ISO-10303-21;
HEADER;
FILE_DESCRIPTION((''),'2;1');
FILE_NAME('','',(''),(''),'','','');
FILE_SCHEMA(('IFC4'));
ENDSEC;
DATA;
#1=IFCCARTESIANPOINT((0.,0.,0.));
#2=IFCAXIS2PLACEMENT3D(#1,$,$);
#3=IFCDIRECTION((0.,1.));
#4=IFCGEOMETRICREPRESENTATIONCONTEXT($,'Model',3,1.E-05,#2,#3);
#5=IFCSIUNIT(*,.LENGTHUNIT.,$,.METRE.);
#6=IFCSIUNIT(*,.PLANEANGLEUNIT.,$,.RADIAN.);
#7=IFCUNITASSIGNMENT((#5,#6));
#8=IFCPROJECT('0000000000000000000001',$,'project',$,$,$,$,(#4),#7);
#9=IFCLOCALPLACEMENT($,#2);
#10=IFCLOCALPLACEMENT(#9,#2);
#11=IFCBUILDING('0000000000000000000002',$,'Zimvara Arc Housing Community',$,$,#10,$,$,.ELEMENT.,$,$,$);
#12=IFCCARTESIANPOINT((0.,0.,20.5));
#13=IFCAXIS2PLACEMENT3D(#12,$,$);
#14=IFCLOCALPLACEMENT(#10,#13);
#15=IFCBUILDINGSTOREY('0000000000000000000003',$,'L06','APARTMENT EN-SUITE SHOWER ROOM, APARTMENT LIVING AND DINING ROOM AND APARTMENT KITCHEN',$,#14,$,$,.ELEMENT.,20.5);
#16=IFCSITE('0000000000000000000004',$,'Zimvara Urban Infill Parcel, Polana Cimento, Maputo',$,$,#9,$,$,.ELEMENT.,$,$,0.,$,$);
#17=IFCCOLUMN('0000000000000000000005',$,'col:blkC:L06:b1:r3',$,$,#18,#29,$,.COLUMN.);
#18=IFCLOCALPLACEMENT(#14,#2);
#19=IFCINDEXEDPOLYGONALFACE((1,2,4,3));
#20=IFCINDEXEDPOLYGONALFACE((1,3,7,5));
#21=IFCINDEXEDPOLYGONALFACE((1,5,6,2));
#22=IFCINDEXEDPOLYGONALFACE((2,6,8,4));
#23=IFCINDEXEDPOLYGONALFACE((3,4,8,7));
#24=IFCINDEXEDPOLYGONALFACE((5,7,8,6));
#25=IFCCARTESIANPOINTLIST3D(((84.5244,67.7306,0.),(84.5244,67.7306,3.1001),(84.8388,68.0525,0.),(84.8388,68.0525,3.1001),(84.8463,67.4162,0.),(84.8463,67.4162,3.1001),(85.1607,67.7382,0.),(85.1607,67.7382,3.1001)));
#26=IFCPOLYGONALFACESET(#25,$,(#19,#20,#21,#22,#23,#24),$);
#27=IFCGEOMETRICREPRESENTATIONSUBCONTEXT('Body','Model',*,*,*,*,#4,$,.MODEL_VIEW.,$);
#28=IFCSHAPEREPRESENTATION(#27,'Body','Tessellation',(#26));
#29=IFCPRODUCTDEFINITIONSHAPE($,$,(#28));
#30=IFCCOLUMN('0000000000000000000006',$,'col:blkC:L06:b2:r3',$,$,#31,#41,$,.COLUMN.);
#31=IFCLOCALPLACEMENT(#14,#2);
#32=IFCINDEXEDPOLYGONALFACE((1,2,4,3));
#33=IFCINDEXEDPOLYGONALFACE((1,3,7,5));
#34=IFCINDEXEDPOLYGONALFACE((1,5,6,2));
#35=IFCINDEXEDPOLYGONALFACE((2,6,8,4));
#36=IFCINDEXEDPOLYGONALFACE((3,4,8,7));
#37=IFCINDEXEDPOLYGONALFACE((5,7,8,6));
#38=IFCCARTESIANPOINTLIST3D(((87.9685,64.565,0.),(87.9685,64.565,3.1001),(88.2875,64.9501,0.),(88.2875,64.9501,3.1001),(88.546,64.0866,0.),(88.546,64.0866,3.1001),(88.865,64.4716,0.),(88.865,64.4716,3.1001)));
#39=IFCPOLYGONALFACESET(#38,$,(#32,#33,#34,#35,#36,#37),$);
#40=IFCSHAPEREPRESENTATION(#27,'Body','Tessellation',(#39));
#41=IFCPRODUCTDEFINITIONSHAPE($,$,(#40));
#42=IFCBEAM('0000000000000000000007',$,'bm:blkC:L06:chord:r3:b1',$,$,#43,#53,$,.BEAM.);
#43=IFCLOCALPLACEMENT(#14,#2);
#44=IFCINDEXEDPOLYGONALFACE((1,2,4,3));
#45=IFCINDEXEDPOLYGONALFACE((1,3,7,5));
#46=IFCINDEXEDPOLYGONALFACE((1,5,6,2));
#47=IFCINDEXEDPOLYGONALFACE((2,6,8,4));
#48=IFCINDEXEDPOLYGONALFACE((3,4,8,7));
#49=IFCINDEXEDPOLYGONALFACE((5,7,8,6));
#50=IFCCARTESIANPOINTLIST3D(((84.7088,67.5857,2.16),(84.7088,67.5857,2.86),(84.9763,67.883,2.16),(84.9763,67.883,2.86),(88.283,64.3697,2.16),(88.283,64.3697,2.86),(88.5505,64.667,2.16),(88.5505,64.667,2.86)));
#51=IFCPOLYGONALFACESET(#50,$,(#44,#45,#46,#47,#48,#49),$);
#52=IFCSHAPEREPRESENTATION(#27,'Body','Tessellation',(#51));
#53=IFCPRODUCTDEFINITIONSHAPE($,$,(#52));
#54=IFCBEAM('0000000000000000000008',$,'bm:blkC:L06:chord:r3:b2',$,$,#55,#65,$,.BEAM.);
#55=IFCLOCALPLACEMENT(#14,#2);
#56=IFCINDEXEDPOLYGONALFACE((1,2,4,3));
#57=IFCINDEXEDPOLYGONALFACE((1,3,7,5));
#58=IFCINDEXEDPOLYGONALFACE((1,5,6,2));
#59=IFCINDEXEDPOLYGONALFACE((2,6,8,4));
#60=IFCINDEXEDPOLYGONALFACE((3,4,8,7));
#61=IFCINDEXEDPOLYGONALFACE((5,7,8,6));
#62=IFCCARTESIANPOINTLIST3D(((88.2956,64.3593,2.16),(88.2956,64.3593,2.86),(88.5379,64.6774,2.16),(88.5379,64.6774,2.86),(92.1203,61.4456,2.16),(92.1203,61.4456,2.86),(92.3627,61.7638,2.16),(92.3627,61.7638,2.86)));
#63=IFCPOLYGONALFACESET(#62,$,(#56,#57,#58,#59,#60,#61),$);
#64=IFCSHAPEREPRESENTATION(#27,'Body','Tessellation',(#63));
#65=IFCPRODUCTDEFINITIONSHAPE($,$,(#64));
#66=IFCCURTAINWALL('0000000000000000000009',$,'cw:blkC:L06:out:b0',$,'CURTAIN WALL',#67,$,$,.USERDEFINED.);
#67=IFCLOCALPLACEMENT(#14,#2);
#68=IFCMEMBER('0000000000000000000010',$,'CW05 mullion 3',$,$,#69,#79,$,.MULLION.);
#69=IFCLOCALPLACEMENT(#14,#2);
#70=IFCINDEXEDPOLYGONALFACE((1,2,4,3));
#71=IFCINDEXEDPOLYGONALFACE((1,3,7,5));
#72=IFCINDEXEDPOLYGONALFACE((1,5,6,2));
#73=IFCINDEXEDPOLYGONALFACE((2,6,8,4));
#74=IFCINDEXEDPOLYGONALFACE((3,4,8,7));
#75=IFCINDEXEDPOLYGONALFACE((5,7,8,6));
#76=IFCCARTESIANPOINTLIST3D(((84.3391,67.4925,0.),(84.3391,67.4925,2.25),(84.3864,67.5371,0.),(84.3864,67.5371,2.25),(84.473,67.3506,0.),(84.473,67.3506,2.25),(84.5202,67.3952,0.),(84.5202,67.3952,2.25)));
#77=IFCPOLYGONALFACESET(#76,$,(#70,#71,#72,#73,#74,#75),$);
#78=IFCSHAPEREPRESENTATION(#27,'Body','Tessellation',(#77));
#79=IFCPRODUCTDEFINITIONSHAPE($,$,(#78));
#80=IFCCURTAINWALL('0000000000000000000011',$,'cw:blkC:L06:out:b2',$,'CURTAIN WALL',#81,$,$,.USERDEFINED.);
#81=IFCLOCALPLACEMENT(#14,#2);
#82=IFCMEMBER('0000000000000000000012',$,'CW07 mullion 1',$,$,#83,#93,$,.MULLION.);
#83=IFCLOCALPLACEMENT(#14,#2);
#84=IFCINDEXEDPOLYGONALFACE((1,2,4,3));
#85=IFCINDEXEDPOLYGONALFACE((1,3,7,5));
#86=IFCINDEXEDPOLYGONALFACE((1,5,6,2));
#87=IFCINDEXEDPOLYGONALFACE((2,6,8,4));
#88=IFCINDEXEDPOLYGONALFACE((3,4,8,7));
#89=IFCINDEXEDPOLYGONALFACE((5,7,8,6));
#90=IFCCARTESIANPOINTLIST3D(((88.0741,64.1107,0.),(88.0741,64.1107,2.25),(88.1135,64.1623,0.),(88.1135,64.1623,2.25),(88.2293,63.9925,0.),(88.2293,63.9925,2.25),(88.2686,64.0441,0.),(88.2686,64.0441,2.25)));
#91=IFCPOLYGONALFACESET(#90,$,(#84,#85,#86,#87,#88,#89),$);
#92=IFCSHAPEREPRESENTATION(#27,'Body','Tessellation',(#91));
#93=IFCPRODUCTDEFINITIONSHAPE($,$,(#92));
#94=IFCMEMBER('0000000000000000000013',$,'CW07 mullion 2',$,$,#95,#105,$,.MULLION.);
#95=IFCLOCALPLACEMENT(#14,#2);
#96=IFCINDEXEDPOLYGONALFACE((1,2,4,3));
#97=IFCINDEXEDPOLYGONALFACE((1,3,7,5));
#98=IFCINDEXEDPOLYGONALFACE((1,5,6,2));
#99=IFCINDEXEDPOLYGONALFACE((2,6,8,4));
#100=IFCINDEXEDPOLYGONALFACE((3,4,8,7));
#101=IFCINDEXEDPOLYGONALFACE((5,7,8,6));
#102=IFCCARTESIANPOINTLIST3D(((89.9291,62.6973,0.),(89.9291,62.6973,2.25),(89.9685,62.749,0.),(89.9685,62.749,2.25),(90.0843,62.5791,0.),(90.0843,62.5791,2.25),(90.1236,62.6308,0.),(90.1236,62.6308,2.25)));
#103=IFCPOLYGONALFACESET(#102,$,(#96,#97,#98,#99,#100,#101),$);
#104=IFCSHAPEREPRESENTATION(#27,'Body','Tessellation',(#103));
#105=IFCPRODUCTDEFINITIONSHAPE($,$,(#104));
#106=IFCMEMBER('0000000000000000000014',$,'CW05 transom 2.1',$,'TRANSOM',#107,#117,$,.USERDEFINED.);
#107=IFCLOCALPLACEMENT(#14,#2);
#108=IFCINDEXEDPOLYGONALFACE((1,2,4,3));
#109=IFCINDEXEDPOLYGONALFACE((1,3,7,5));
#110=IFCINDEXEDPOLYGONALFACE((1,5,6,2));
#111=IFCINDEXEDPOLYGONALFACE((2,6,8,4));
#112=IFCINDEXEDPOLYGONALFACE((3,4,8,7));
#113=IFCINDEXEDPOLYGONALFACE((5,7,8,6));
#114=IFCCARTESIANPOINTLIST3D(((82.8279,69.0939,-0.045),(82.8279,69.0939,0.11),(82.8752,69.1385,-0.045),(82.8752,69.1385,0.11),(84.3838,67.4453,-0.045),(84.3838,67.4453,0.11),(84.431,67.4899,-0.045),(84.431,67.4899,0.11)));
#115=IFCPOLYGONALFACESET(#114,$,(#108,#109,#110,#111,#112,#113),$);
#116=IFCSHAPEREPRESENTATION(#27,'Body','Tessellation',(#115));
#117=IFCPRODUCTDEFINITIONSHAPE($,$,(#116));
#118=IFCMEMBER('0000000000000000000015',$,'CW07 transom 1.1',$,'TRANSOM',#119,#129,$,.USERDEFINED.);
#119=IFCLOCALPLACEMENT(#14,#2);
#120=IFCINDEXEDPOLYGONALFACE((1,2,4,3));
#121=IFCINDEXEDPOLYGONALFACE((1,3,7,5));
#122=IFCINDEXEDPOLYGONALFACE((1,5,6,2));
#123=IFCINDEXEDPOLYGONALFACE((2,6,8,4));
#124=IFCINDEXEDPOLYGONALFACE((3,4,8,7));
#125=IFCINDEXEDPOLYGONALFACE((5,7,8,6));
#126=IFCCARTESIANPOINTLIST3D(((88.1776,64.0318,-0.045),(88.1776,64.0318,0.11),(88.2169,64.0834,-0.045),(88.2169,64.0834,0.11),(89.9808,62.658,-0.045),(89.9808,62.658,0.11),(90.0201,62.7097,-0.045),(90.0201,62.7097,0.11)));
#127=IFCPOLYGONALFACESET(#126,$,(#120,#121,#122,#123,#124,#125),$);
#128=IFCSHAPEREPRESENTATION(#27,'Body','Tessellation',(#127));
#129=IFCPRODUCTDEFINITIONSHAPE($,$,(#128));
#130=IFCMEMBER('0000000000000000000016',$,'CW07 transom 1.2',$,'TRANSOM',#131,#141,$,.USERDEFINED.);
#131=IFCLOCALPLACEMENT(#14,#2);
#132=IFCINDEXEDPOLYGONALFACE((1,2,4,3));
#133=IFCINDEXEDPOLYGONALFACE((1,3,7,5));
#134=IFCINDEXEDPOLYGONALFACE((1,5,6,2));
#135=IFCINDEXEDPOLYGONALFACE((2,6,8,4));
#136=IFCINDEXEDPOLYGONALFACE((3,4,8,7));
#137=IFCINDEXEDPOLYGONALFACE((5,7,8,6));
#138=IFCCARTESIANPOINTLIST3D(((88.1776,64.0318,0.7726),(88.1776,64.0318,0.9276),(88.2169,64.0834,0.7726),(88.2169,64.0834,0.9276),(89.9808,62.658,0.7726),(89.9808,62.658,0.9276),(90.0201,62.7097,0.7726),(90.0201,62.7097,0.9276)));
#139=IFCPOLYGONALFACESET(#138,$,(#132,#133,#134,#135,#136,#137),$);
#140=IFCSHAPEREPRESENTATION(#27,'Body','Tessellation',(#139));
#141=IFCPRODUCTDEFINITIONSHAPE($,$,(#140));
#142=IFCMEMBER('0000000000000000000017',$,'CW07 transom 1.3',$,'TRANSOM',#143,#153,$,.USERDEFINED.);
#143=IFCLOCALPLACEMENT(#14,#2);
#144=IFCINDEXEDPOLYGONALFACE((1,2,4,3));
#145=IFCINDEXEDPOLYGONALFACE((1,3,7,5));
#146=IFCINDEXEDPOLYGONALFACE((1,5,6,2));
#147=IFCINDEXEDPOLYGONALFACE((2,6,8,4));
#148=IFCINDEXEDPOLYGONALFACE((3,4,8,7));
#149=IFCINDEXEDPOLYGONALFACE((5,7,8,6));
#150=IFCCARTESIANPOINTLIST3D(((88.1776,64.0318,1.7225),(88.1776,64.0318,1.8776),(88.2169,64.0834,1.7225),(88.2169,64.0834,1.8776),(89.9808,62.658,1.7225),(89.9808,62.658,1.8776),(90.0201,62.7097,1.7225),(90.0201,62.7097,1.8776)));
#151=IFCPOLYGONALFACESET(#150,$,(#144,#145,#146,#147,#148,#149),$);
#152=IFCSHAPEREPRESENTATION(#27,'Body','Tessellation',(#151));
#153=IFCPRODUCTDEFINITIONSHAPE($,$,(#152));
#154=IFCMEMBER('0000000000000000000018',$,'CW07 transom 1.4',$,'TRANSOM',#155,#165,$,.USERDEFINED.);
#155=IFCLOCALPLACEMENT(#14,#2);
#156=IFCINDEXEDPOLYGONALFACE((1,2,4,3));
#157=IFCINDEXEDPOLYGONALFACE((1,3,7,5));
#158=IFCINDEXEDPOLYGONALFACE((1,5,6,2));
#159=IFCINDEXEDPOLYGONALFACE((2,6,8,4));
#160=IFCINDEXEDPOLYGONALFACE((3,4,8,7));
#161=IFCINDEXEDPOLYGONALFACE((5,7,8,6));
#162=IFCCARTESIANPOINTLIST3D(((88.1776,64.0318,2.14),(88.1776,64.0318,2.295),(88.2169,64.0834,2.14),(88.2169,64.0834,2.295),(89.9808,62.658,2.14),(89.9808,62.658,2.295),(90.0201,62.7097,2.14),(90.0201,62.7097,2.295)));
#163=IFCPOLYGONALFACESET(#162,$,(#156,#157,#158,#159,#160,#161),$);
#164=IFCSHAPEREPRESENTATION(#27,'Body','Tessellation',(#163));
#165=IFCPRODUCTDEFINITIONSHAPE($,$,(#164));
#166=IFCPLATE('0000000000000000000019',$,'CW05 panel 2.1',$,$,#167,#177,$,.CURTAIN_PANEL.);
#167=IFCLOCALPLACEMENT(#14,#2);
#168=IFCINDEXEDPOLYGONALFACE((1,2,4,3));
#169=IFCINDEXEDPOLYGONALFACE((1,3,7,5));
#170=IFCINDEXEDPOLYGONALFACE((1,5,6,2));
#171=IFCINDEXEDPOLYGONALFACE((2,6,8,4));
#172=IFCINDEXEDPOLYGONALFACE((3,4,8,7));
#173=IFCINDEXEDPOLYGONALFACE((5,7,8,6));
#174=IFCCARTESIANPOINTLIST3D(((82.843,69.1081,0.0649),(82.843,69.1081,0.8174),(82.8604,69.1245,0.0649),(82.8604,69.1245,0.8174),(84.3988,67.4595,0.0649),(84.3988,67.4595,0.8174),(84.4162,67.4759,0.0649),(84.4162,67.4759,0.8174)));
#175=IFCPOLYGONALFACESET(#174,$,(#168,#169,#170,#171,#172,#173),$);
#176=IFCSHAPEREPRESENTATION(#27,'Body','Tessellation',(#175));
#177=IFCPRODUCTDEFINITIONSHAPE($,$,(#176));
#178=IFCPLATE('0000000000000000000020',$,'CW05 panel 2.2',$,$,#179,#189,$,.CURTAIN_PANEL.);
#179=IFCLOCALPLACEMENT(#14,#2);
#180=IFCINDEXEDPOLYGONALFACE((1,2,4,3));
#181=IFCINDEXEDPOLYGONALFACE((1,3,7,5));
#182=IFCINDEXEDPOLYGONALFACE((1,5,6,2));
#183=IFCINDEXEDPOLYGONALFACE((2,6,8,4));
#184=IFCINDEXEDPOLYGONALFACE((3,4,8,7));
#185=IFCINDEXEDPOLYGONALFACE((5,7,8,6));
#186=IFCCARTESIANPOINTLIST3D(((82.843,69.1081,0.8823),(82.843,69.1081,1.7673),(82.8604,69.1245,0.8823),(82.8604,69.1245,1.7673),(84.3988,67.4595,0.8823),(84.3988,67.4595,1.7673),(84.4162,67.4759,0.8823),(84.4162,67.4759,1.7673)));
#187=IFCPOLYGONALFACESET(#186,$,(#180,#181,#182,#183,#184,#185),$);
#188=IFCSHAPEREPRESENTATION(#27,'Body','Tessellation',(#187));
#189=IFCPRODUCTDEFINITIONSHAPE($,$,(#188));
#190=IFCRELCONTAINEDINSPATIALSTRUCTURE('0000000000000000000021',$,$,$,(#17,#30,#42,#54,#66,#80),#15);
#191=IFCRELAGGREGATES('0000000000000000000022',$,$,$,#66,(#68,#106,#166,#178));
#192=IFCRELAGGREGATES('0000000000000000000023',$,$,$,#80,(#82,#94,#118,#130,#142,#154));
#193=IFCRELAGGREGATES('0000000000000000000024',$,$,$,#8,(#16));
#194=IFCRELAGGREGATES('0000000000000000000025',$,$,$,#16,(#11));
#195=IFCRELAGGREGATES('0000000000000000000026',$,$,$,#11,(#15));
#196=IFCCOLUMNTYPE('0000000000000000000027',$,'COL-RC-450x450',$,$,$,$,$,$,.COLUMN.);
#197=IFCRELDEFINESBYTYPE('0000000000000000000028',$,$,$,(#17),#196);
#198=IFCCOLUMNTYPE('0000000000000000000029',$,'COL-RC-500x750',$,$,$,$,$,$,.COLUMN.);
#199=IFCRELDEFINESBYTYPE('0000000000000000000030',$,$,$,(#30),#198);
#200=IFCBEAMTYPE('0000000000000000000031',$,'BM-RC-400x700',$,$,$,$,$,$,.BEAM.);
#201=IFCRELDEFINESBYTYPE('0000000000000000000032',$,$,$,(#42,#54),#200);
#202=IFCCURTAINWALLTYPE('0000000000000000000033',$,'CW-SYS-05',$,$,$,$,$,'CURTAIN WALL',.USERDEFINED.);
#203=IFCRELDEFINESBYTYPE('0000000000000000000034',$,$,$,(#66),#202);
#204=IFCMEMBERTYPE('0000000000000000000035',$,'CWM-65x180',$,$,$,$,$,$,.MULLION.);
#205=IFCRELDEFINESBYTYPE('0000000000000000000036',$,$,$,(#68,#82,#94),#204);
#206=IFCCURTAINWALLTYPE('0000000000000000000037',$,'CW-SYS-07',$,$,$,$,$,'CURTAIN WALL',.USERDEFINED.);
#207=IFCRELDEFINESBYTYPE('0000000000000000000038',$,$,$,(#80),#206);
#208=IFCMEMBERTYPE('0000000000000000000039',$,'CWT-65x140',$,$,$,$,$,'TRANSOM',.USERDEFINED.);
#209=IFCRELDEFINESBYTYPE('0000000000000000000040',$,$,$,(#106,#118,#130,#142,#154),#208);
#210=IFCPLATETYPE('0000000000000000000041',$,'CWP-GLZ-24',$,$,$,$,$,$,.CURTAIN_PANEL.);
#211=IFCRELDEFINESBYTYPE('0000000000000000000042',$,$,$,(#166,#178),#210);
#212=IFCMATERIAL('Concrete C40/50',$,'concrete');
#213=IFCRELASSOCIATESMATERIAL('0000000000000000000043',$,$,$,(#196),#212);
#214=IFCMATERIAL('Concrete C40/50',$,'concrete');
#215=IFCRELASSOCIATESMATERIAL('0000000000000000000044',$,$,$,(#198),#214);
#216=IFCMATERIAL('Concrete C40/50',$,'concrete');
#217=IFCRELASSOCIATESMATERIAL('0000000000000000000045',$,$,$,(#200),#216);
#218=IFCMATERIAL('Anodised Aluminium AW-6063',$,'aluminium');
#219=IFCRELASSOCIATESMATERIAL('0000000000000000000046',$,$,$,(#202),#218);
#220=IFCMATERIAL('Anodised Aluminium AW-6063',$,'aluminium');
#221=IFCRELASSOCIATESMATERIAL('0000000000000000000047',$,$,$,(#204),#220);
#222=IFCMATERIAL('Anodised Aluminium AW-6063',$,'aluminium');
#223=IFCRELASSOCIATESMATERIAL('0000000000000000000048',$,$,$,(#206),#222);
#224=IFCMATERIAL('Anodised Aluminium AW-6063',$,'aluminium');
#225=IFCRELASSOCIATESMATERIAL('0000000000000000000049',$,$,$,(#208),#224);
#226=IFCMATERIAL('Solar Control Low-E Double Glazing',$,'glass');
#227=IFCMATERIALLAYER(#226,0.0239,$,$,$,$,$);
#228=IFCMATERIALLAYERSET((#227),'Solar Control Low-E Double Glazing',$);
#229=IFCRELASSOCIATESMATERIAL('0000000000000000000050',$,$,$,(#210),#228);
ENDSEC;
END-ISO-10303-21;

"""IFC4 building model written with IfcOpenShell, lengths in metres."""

from ifc_helpers import new_model, si_unit, direction, frame, origin, origin_2d, place, context, subcontext, project, spatial, rectangle, extrude, material, layer, layer_set, material_profile, profile_set, type_object, element, aggregate, save


model = new_model("IFC4")

# Units and contexts
model_context = context("Model", 3, precision=1e-05, world=origin(), true_north=direction((0.0, 1.0)))
body_context = subcontext(model_context, "Body", "Model", "MODEL_VIEW")
ifc_project = project(units=[si_unit("LENGTHUNIT", "METRE"), si_unit("PLANEANGLEUNIT", "RADIAN")], contexts=[model_context])

# Site, building, storey
site_placement = place(None, origin())
site = spatial("IfcSite", under=ifc_project, at=site_placement, Name="Zimvara Urban Infill Parcel, Polana Cimento, Maputo", CompositionType="ELEMENT", RefElevation=0.0)
building_placement = place(site_placement, origin())
building = spatial("IfcBuilding", under=site, at=building_placement, Name="Zimvara Arc Housing Community", CompositionType="ELEMENT")
storey_placement = place(building_placement, frame((0.0, 0.0, 20.5)))
storey = spatial("IfcBuildingStorey", under=building, at=storey_placement, Name="L06", Description="APARTMENT EN-SUITE SHOWER ROOM, APARTMENT LIVING AND DINING ROOM AND APARTMENT KITCHEN", CompositionType="ELEMENT", Elevation=20.5)

# Columns
ifc_material_1 = material(Name="Concrete C40/50", Category="concrete")
ifc_material_profile_1 = material_profile(ifc_material_1, rectangle(XDim=0.45, YDim=0.45, at=origin_2d()), Name="RC 450x450")
ifc_profile_set_1 = profile_set([ifc_material_profile_1], Name="Concrete C40/50")
column_type_1 = type_object("IfcColumnType", Name="COL-RC-450x450", PredefinedType="COLUMN", material=ifc_profile_set_1)
column_1_placement = place(storey_placement, frame((84.8425, 67.7344, 0.0), z_axis=(0.0, 0.0, 1.0), x_axis=(-0.698665, -0.715449, 0.0)))
element("IfcColumn", 1, at=column_1_placement, inside=storey, type_object=column_type_1, Name="col:blkC:L06:b1:r3", PredefinedType="COLUMN", context=body_context, shape_type="SweptSolid", body=[
    extrude(rectangle(XDim=0.45, YDim=0.45, at=origin_2d()), origin(), (0.0, 0.0, 1.0), 3.1001),
])
ifc_material_2 = material(Name="Concrete C40/50", Category="concrete")
ifc_material_profile_2 = material_profile(ifc_material_2, rectangle(XDim=0.5, YDim=0.75, at=origin_2d()), Name="RC 500x750")
ifc_profile_set_2 = profile_set([ifc_material_profile_2], Name="Concrete C40/50")
column_type_2 = type_object("IfcColumnType", Name="COL-RC-500x750", PredefinedType="COLUMN", material=ifc_profile_set_2)
column_2_placement = place(storey_placement, frame((88.4167, 64.5183, 0.0), z_axis=(0.0, 0.0, 1.0), x_axis=(-0.637962, -0.770068, 0.0)))
element("IfcColumn", 2, at=column_2_placement, inside=storey, type_object=column_type_2, Name="col:blkC:L06:b2:r3", PredefinedType="COLUMN", context=body_context, shape_type="SweptSolid", body=[
    extrude(rectangle(XDim=0.5, YDim=0.75, at=origin_2d()), origin(), (0.0, 0.0, 1.0), 3.1001),
])

# Beams
ifc_material_3 = material(Name="Concrete C40/50", Category="concrete")
ifc_material_profile_3 = material_profile(ifc_material_3, rectangle(XDim=0.3999, YDim=0.7, at=origin_2d()), Name="RC 400x700")
ifc_profile_set_3 = profile_set([ifc_material_profile_3], Name="Concrete C40/50")
beam_type = type_object("IfcBeamType", Name="BM-RC-400x700", PredefinedType="BEAM", material=ifc_profile_set_3)
for number, where, z_axis, x_axis, name in (
    (3, (84.8425, 67.7344, 2.51), (0.74337, -0.668881, 0.0), (0.668881, 0.74337, 0.0), "bm:blkC:L06:chord:r3:b1"),
    (4, (88.4167, 64.5183, 2.51), (0.795481, -0.605979, 0.0), (0.605979, 0.795481, 0.0), "bm:blkC:L06:chord:r3:b2"),
):
    element("IfcBeam", number, at=place(storey_placement, frame(where, z_axis=z_axis, x_axis=x_axis)), inside=storey, type_object=beam_type, Name=name, PredefinedType="BEAM", context=body_context, shape_type="SweptSolid", body=[
        extrude(rectangle(XDim=0.3999, YDim=0.7, at=origin_2d()), origin(), (0.0, 0.0, 1.0), 4.8081),
    ])

# Curtain wall, member
ifc_material_4 = material(Name="Anodised Aluminium AW-6063", Category="aluminium")
curtain_wall_type_1 = type_object("IfcCurtainWallType", Name="CW-SYS-05", ElementType="CURTAIN WALL", PredefinedType="USERDEFINED", material=ifc_material_4)
curtain_wall_1_placement = place(storey_placement, origin())
curtain_wall_1 = element("IfcCurtainWall", 5, at=curtain_wall_1_placement, inside=storey, type_object=curtain_wall_type_1, Name="cw:blkC:L06:out:b0", ObjectType="CURTAIN WALL", PredefinedType="USERDEFINED")
ifc_material_5 = material(Name="Anodised Aluminium AW-6063", Category="aluminium")
ifc_material_profile_4 = material_profile(ifc_material_5, rectangle(XDim=0.0649, YDim=0.1951, at=origin_2d()), Name="ALU 65x195")
ifc_profile_set_4 = profile_set([ifc_material_profile_4], Name="Anodised Aluminium AW-6063")
member_type_1 = type_object("IfcMemberType", Name="CWM-65x180", PredefinedType="MULLION", material=ifc_profile_set_4)
member_1_placement = place(storey_placement, frame((84.4297, 67.4438, 0.0), z_axis=(0.0, 0.0, 1.0), x_axis=(0.727294, 0.686326, 0.0)))
member_1 = element("IfcMember", 6, at=member_1_placement, type_object=member_type_1, Name="CW05 mullion 3", PredefinedType="MULLION", context=body_context, shape_type="SweptSolid", body=[
    extrude(rectangle(XDim=0.0649, YDim=0.1951, at=origin_2d()), origin(), (0.0, 0.0, 1.0), 2.25),
])

# Curtain wall, members
ifc_material_6 = material(Name="Anodised Aluminium AW-6063", Category="aluminium")
curtain_wall_type_2 = type_object("IfcCurtainWallType", Name="CW-SYS-07", ElementType="CURTAIN WALL", PredefinedType="USERDEFINED", material=ifc_material_6)
curtain_wall_2_placement = place(storey_placement, origin())
curtain_wall_2 = element("IfcCurtainWall", 7, at=curtain_wall_2_placement, inside=storey, type_object=curtain_wall_type_2, Name="cw:blkC:L06:out:b2", ObjectType="CURTAIN WALL", PredefinedType="USERDEFINED")
member_2_placement = place(storey_placement, frame((88.1714, 64.0774, 0.0), z_axis=(0.0, 0.0, 1.0), x_axis=(0.605988, 0.795474, 0.0)))
member_2 = element("IfcMember", 8, at=member_2_placement, type_object=member_type_1, Name="CW07 mullion 1", PredefinedType="MULLION", context=body_context, shape_type="SweptSolid", body=[
    extrude(rectangle(XDim=0.0649, YDim=0.1951, at=origin_2d()), origin(), (0.0, 0.0, 1.0), 2.25),
])
member_3_placement = place(storey_placement, frame((90.0264, 62.6641, 0.0), z_axis=(0.0, 0.0, 1.0), x_axis=(0.605988, 0.795474, 0.0)))
member_3 = element("IfcMember", 9, at=member_3_placement, type_object=member_type_1, Name="CW07 mullion 2", PredefinedType="MULLION", context=body_context, shape_type="SweptSolid", body=[
    extrude(rectangle(XDim=0.0649, YDim=0.1951, at=origin_2d()), origin(), (0.0, 0.0, 1.0), 2.25),
])

# Members
ifc_material_7 = material(Name="Anodised Aluminium AW-6063", Category="aluminium")
ifc_material_profile_5 = material_profile(ifc_material_7, rectangle(XDim=0.0649, YDim=0.155, at=origin_2d()), Name="ALU 65x155")
ifc_profile_set_5 = profile_set([ifc_material_profile_5], Name="Anodised Aluminium AW-6063")
member_type_2 = type_object("IfcMemberType", Name="CWT-65x140", ElementType="TRANSOM", PredefinedType="USERDEFINED", material=ifc_profile_set_5)
member_4_placement = place(storey_placement, frame((82.8516, 69.1162, 0.0325), z_axis=(0.686348, -0.727273, 0.0), x_axis=(0.727273, 0.686348, 0.0)))
member_4 = element("IfcMember", 10, at=member_4_placement, type_object=member_type_2, Name="CW05 transom 2.1", ObjectType="TRANSOM", PredefinedType="USERDEFINED", context=body_context, shape_type="SweptSolid", body=[
    extrude(rectangle(XDim=0.0649, YDim=0.155, at=origin_2d()), origin(), (0.0, 0.0, 1.0), 2.2668),
])
member_5_placement = place(storey_placement, frame((88.1973, 64.0576, 0.0325), z_axis=(0.795454, -0.606014, 0.0), x_axis=(0.606014, 0.795454, 0.0)))
member_5 = element("IfcMember", 11, at=member_5_placement, type_object=member_type_2, Name="CW07 transom 1.1", ObjectType="TRANSOM", PredefinedType="USERDEFINED", context=body_context, shape_type="SweptSolid", body=[
    extrude(rectangle(XDim=0.0649, YDim=0.155, at=origin_2d()), origin(), (0.0, 0.0, 1.0), 2.2668),
])
member_6_placement = place(storey_placement, frame((88.1973, 64.0576, 0.8501), z_axis=(0.795454, -0.606014, 0.0), x_axis=(0.606014, 0.795454, 0.0)))
member_6 = element("IfcMember", 12, at=member_6_placement, type_object=member_type_2, Name="CW07 transom 1.2", ObjectType="TRANSOM", PredefinedType="USERDEFINED", context=body_context, shape_type="SweptSolid", body=[
    extrude(rectangle(XDim=0.0649, YDim=0.155, at=origin_2d()), origin(), (0.0, 0.0, 1.0), 2.2668),
])
member_7_placement = place(storey_placement, frame((88.1973, 64.0576, 1.8), z_axis=(0.795454, -0.606014, 0.0), x_axis=(0.606014, 0.795454, 0.0)))
member_7 = element("IfcMember", 13, at=member_7_placement, type_object=member_type_2, Name="CW07 transom 1.3", ObjectType="TRANSOM", PredefinedType="USERDEFINED", context=body_context, shape_type="SweptSolid", body=[
    extrude(rectangle(XDim=0.0649, YDim=0.155, at=origin_2d()), origin(), (0.0, 0.0, 1.0), 2.2668),
])
member_8_placement = place(storey_placement, frame((88.1973, 64.0576, 2.2175), z_axis=(0.795454, -0.606014, 0.0), x_axis=(0.606014, 0.795454, 0.0)))
member_8 = element("IfcMember", 14, at=member_8_placement, type_object=member_type_2, Name="CW07 transom 1.4", ObjectType="TRANSOM", PredefinedType="USERDEFINED", context=body_context, shape_type="SweptSolid", body=[
    extrude(rectangle(XDim=0.0649, YDim=0.155, at=origin_2d()), origin(), (0.0, 0.0, 1.0), 2.2668),
])

# Plates
ifc_material_8 = material(Name="Solar Control Low-E Double Glazing", Category="glass")
ifc_layer_1 = layer(ifc_material_8, 0.0239)
ifc_layer_set_1 = layer_set([ifc_layer_1], Name="Solar Control Low-E Double Glazing")
plate_type_1 = type_object("IfcPlateType", Name="CWP-GLZ-24", PredefinedType="CURTAIN_PANEL", material=ifc_layer_set_1)
plate_1_placement = place(storey_placement, frame((83.6296, 68.292, 0.0649), z_axis=(0.0, 0.0, 1.0), x_axis=(0.686326, -0.727294, 0.0)))
plate_1 = element("IfcPlate", 15, at=plate_1_placement, type_object=plate_type_1, Name="CW05 panel 2.1", PredefinedType="CURTAIN_PANEL", context=body_context, shape_type="SweptSolid", body=[
    extrude(rectangle(XDim=2.2668, YDim=0.0239, at=origin_2d()), origin(), (0.0, 0.0, 1.0), 0.7524),
])
plate_2_placement = place(storey_placement, frame((83.6296, 68.292, 0.8823), z_axis=(0.0, 0.0, 1.0), x_axis=(0.686326, -0.727294, 0.0)))
plate_2 = element("IfcPlate", 16, at=plate_2_placement, type_object=plate_type_1, Name="CW05 panel 2.2", PredefinedType="CURTAIN_PANEL", context=body_context, shape_type="SweptSolid", body=[
    extrude(rectangle(XDim=2.2668, YDim=0.0239, at=origin_2d()), origin(), (0.0, 0.0, 1.0), 0.885),
])
aggregate(curtain_wall_1, [member_1, member_4, plate_1, plate_2])
aggregate(curtain_wall_2, [member_2, member_3, member_5, member_6, member_7, member_8])

save(model, "model.ifc")
